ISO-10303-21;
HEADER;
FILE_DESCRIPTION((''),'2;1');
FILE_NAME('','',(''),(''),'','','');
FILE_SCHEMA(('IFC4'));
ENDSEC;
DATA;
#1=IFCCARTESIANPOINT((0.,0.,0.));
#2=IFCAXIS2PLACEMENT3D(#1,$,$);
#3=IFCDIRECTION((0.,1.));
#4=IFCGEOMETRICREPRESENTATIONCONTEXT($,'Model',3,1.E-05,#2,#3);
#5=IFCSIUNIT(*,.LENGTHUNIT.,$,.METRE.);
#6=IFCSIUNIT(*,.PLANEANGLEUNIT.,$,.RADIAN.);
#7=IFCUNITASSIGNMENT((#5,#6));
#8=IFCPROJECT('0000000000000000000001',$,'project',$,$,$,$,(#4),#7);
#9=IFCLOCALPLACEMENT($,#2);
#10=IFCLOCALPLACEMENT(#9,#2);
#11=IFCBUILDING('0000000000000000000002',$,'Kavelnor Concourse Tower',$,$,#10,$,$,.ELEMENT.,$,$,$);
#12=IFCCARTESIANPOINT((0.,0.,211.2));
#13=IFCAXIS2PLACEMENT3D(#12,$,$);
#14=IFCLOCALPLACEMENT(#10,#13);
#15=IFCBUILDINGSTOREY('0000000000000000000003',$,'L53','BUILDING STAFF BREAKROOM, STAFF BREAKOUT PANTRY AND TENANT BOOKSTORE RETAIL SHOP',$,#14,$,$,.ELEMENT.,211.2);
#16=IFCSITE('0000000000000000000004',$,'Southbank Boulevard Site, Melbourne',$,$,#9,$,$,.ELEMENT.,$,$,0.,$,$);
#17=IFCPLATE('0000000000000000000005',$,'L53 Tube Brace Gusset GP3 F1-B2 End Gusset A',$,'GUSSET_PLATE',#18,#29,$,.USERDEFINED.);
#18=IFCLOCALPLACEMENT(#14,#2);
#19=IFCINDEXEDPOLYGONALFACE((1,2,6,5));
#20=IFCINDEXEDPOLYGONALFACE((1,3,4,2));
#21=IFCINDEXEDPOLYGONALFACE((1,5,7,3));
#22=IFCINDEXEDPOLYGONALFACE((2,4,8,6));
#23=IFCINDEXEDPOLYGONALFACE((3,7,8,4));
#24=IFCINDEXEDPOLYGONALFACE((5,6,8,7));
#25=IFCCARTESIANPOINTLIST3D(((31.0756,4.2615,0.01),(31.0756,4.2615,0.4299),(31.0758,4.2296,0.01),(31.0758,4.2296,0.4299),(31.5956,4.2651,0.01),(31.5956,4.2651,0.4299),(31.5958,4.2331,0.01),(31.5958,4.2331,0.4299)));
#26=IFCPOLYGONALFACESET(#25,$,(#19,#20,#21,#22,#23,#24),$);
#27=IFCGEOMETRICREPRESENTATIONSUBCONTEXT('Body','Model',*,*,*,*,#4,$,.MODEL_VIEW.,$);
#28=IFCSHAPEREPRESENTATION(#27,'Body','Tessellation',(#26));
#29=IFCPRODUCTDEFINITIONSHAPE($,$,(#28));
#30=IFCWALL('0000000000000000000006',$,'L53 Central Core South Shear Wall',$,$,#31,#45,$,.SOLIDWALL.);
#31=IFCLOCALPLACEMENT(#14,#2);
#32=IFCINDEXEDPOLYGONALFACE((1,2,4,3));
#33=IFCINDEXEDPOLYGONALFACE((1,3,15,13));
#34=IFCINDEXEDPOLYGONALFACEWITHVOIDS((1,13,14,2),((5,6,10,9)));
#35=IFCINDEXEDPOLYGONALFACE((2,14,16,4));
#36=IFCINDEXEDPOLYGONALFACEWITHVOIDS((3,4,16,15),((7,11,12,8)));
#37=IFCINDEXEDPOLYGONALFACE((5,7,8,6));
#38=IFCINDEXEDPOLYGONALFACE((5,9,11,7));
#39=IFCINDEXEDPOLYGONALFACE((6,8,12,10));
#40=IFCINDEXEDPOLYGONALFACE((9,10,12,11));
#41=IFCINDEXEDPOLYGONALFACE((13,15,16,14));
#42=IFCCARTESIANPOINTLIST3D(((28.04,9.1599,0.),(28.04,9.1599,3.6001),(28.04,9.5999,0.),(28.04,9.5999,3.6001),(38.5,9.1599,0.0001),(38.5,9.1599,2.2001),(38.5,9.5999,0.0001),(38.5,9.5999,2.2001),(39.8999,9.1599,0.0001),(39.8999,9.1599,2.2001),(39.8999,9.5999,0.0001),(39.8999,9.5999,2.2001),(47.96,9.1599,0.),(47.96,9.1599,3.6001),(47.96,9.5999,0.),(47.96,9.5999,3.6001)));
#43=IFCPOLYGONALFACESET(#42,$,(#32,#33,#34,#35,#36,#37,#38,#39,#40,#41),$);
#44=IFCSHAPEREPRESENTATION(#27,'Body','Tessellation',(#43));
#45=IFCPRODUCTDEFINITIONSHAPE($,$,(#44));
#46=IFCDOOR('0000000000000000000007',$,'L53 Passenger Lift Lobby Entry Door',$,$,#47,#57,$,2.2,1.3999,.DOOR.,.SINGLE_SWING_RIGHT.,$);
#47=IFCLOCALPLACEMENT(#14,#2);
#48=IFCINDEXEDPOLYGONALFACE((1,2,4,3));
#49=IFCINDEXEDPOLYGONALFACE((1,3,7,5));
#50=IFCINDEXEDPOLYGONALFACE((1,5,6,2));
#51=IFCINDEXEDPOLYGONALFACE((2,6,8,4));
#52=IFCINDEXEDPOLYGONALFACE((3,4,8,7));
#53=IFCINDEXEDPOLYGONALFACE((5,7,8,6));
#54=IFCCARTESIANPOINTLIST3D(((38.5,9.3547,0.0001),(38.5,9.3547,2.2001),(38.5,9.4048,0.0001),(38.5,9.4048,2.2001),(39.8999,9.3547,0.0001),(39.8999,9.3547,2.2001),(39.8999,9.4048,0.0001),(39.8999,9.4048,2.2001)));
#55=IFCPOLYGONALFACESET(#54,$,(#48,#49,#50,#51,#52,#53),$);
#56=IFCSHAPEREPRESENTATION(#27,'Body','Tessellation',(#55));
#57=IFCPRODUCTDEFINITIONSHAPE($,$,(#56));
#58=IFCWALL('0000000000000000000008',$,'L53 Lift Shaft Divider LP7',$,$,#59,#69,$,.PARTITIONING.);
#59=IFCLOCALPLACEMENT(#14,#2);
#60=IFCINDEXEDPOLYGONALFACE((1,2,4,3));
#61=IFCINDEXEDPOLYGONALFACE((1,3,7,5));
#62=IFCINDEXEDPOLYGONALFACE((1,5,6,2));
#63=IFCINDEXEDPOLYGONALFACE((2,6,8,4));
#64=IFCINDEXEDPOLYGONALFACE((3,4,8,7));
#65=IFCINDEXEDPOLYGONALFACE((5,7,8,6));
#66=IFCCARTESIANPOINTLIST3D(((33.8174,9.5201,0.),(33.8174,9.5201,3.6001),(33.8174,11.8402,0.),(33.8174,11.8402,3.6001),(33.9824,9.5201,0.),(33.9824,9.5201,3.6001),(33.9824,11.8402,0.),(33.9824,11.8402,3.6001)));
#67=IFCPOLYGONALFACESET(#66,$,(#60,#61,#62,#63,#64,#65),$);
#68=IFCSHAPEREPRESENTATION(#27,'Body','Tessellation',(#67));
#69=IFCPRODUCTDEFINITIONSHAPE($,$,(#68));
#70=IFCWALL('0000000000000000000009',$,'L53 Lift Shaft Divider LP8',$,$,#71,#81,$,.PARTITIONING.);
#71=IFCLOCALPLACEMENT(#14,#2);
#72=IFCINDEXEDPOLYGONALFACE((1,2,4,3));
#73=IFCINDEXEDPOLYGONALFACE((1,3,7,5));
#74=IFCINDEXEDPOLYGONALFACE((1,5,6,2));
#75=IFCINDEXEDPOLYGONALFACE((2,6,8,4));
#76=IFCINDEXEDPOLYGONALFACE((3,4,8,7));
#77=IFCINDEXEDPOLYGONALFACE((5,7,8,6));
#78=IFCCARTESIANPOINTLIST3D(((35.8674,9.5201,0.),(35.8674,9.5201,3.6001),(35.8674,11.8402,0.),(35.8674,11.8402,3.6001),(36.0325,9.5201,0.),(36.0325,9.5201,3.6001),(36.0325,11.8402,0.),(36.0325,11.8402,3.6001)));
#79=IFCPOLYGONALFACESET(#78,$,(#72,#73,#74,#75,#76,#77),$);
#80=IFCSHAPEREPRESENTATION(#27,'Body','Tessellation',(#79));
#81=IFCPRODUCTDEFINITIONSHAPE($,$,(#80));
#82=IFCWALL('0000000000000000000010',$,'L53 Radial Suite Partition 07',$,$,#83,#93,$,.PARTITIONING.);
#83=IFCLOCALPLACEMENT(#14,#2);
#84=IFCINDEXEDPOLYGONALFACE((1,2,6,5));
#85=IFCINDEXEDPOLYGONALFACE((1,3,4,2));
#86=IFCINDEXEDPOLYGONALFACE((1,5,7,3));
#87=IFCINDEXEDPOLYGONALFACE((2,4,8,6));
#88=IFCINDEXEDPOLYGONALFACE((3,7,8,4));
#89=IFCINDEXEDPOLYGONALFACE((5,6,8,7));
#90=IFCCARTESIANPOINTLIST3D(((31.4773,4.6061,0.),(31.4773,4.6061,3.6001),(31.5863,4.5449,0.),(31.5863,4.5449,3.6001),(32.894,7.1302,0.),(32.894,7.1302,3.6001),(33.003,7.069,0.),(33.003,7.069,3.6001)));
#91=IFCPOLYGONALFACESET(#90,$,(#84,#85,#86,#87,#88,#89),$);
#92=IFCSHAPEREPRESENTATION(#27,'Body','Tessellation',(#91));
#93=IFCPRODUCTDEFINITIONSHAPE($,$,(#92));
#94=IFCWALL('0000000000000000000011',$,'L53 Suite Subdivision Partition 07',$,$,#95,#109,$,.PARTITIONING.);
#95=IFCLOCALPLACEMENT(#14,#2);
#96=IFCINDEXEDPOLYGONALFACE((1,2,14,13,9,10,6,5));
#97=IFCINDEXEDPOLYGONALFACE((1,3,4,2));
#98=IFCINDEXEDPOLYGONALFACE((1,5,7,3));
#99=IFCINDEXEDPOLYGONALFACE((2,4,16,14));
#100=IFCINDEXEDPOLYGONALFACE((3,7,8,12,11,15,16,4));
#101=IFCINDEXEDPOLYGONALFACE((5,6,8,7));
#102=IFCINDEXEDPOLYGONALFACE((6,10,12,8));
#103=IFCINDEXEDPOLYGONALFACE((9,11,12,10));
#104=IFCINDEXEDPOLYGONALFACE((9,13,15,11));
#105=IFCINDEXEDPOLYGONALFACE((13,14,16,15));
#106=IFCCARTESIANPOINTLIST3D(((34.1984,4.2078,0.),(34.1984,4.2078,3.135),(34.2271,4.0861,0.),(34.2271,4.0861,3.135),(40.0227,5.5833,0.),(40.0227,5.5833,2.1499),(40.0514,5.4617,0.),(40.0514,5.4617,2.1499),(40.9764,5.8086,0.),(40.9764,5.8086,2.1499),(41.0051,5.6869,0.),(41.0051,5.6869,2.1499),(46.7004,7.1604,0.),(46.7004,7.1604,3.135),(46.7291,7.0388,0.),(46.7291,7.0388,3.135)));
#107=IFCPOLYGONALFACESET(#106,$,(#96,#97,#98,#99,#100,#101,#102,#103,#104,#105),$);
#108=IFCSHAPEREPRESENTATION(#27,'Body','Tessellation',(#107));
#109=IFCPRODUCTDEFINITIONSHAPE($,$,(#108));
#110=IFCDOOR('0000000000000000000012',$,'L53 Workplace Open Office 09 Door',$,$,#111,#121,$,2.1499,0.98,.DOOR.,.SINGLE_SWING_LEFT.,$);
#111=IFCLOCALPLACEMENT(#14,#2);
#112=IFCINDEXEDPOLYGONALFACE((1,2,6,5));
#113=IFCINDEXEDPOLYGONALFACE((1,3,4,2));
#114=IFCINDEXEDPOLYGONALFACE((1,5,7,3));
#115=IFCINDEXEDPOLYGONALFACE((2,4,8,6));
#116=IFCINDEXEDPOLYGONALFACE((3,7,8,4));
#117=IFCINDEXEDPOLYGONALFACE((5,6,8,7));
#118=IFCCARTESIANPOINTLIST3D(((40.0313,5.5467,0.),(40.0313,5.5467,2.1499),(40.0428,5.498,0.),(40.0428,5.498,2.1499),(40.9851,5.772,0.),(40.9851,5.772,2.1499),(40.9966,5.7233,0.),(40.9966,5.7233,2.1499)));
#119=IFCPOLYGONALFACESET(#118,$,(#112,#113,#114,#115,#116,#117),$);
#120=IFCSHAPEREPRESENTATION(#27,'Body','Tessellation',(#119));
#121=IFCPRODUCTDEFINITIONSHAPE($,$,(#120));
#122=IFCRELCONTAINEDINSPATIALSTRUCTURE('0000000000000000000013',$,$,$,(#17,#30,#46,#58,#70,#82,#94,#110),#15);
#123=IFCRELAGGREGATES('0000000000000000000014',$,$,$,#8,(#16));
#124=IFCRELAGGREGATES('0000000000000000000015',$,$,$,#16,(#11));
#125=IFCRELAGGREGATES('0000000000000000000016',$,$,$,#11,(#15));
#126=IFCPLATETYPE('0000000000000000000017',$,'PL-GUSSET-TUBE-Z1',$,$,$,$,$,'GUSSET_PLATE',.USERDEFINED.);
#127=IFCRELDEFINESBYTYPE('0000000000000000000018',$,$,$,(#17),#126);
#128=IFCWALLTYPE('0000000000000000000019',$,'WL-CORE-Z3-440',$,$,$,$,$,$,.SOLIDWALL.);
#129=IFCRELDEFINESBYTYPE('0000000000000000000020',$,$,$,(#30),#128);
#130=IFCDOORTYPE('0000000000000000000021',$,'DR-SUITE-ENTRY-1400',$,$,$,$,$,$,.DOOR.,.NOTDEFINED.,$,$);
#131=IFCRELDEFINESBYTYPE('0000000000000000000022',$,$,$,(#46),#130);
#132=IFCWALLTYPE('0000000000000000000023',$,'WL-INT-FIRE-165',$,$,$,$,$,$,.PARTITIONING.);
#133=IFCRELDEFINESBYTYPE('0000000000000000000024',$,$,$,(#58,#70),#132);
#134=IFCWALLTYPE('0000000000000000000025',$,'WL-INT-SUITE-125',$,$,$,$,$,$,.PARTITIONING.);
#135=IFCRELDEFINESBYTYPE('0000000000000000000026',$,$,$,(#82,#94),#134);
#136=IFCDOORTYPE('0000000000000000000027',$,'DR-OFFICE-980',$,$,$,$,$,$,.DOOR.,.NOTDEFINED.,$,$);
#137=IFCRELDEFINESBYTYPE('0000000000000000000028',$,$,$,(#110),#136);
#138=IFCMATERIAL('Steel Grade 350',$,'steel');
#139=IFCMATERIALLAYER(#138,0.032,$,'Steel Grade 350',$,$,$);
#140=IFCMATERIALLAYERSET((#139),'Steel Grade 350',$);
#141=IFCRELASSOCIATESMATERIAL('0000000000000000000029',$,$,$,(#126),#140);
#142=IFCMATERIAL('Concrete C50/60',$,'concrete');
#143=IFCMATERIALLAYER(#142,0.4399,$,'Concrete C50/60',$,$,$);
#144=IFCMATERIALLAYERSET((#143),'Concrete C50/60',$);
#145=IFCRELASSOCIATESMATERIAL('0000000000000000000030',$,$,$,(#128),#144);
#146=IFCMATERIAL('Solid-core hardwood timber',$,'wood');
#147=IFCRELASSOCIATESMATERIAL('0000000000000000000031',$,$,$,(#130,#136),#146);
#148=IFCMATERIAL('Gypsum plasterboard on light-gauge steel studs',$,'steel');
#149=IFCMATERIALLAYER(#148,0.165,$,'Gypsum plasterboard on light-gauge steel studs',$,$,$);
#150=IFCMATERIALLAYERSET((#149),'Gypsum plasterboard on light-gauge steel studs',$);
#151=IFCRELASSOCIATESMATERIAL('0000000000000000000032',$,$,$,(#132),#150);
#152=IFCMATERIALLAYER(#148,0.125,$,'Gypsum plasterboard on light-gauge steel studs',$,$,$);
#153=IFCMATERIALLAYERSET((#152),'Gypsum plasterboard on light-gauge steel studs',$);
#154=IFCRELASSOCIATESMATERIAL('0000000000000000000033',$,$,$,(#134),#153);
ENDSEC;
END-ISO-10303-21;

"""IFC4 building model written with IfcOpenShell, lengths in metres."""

from ifc_helpers import new_model, si_unit, direction, frame, frame_2d, origin, origin_2d, place, context, subcontext, project, spatial, rectangle, extrude, material, layer, layer_set, type_object, element, fill, save


model = new_model("IFC4")

# Units and contexts
model_context = context("Model", 3, precision=1e-05, world=origin(), true_north=direction((0.0, 1.0)))
body_context = subcontext(model_context, "Body", "Model", "MODEL_VIEW")
ifc_project = project(units=[si_unit("LENGTHUNIT", "METRE"), si_unit("PLANEANGLEUNIT", "RADIAN")], contexts=[model_context])

# Site, building, storey
site_placement = place(None, origin())
site = spatial("IfcSite", under=ifc_project, at=site_placement, Name="Southbank Boulevard Site, Melbourne", CompositionType="ELEMENT", RefElevation=0.0)
building_placement = place(site_placement, origin())
building = spatial("IfcBuilding", under=site, at=building_placement, Name="Kavelnor Concourse Tower", CompositionType="ELEMENT")
storey_placement = place(building_placement, frame((0.0, 0.0, 211.2)))
storey = spatial("IfcBuildingStorey", under=building, at=storey_placement, Name="L53", Description="BUILDING STAFF BREAKROOM, STAFF BREAKOUT PANTRY AND TENANT BOOKSTORE RETAIL SHOP", CompositionType="ELEMENT", Elevation=211.2)

# Shared definitions
ifc_material_1 = material(Name="Steel Grade 350", Category="steel")

# Plate
ifc_layer_1 = layer(ifc_material_1, 0.032, Name="Steel Grade 350")
ifc_layer_set_1 = layer_set([ifc_layer_1], Name="Steel Grade 350")
plate_type = type_object("IfcPlateType", Name="PL-GUSSET-TUBE-Z1", ElementType="GUSSET_PLATE", PredefinedType="USERDEFINED", material=ifc_layer_set_1)
plate_placement = place(storey_placement, frame((31.3357, 4.2473, 0.01), z_axis=(0.0, 0.0, 1.0), x_axis=(0.999977, 0.006807, 0.0)))
element("IfcPlate", 1, at=plate_placement, inside=storey, type_object=plate_type, Name="L53 Tube Brace Gusset GP3 F1-B2 End Gusset A", ObjectType="GUSSET_PLATE", PredefinedType="USERDEFINED", context=body_context, shape_type="SweptSolid", body=[
    extrude(rectangle(XDim=0.52, YDim=0.032, at=origin_2d()), origin(), (0.0, 0.0, 1.0), 0.4199),
])

# Wall, opening, door
ifc_material_2 = material(Name="Concrete C50/60", Category="concrete")
ifc_layer_2 = layer(ifc_material_2, 0.4399, Name="Concrete C50/60")
ifc_layer_set_2 = layer_set([ifc_layer_2], Name="Concrete C50/60")
wall_type_1 = type_object("IfcWallType", Name="WL-CORE-Z3-440", PredefinedType="SOLIDWALL", material=ifc_layer_set_2)
wall_1_placement = place(storey_placement, frame((28.04, 9.3799, 0.0), z_axis=(0.0, 0.0, 1.0), x_axis=(1.0, 0.0, 0.0)))
wall_1 = element("IfcWall", 2, at=wall_1_placement, inside=storey, type_object=wall_type_1, Name="L53 Central Core South Shear Wall", PredefinedType="SOLIDWALL", context=body_context, shape_type="SweptSolid", body=[
    extrude(rectangle(XDim=19.9199, YDim=0.4399, at=frame_2d((9.96, 0.0))), origin(), (0.0, 0.0, 1.0), 3.6001),
])
opening_1_placement = place(wall_1_placement, frame((10.46, 0.0, 0.0)))
opening_1 = element("IfcOpeningElement", 3, at=opening_1_placement, cuts=wall_1, PredefinedType="OPENING", context=body_context, shape_type="SweptSolid", body=[
    extrude(rectangle(XDim=1.3999, YDim=2.2, at=frame_2d((0.7, 1.1001))), frame((0.0, 0.23, 0.0), z_axis=(0.0, -1.0, 0.0), x_axis=(1.0, 0.0, 0.0)), (0.0, 0.0, 1.0), 0.46),
])
ifc_material_3 = material(Name="Solid-core hardwood timber", Category="wood")
door_type_1 = type_object("IfcDoorType", Name="DR-SUITE-ENTRY-1400", OperationType="NOTDEFINED", PredefinedType="DOOR", material=ifc_material_3)
door_1_placement = place(opening_1_placement, origin())
door_1 = element("IfcDoor", 4, at=door_1_placement, inside=storey, type_object=door_type_1, Name="L53 Passenger Lift Lobby Entry Door", OperationType="SINGLE_SWING_RIGHT", OverallHeight=2.2, OverallWidth=1.3999, PredefinedType="DOOR", context=body_context, shape_type="SweptSolid", body=[
    extrude(rectangle(XDim=1.3999, YDim=2.2, at=frame_2d((0.7, 1.1001))), frame((0.0, 0.0249, 0.0), z_axis=(0.0, -1.0, 0.0), x_axis=(1.0, 0.0, 0.0)), (0.0, 0.0, 1.0), 0.05),
])
fill(opening_1, door_1)

# Walls
ifc_material_4 = material(Name="Gypsum plasterboard on light-gauge steel studs", Category="steel")
ifc_layer_3 = layer(ifc_material_4, 0.165, Name="Gypsum plasterboard on light-gauge steel studs")
ifc_layer_set_3 = layer_set([ifc_layer_3], Name="Gypsum plasterboard on light-gauge steel studs")
wall_type_2 = type_object("IfcWallType", Name="WL-INT-FIRE-165", PredefinedType="PARTITIONING", material=ifc_layer_set_3)
for number, where, z_axis, x_axis, name in (
    (5, (33.8999, 9.52, 0.0), (0.0, 0.0, 1.0), (0.0, 1.0, 0.0), "L53 Lift Shaft Divider LP7"),
    (6, (35.95, 9.52, 0.0), (0.0, 0.0, 1.0), (0.0, 1.0, 0.0), "L53 Lift Shaft Divider LP8"),
):
    element("IfcWall", number, at=place(storey_placement, frame(where, z_axis=z_axis, x_axis=x_axis)), inside=storey, type_object=wall_type_2, Name=name, PredefinedType="PARTITIONING", context=body_context, shape_type="SweptSolid", body=[
        extrude(rectangle(XDim=2.3201, YDim=0.165, at=frame_2d((1.1602, 0.0))), origin(), (0.0, 0.0, 1.0), 3.6001),
    ])
ifc_layer_4 = layer(ifc_material_4, 0.125, Name="Gypsum plasterboard on light-gauge steel studs")
ifc_layer_set_4 = layer_set([ifc_layer_4], Name="Gypsum plasterboard on light-gauge steel studs")
wall_type_3 = type_object("IfcWallType", Name="WL-INT-SUITE-125", PredefinedType="PARTITIONING", material=ifc_layer_set_4)
wall_2_placement = place(storey_placement, frame((32.9485, 7.0996, 0.0), z_axis=(0.0, 0.0, 1.0), x_axis=(-0.489448, -0.872032, 0.0)))
element("IfcWall", 7, at=wall_2_placement, inside=storey, type_object=wall_type_3, Name="L53 Radial Suite Partition 07", PredefinedType="PARTITIONING", context=body_context, shape_type="SweptSolid", body=[
    extrude(rectangle(XDim=2.8945, YDim=0.125, at=frame_2d((1.4473, 0.0))), origin(), (0.0, 0.0, 1.0), 3.6001),
])

# Wall, opening, door
wall_3_placement = place(storey_placement, frame((34.2129, 4.147, 0.0), z_axis=(0.0, 0.0, 1.0), x_axis=(0.973226, 0.229851, 0.0)))
wall_3 = element("IfcWall", 8, at=wall_3_placement, inside=storey, type_object=wall_type_3, Name="L53 Suite Subdivision Partition 07", PredefinedType="PARTITIONING", context=body_context, shape_type="SweptSolid", body=[
    extrude(rectangle(XDim=12.8459, YDim=0.125, at=frame_2d((6.4229, 0.0))), origin(), (0.0, 0.0, 1.0), 3.135),
])
opening_2_placement = place(wall_3_placement, frame((5.9844, 0.0, 0.0)))
opening_2 = element("IfcOpeningElement", 9, at=opening_2_placement, cuts=wall_3, PredefinedType="OPENING", context=body_context, shape_type="SweptSolid", body=[
    extrude(rectangle(XDim=0.98, YDim=2.1499, at=frame_2d((0.49, 1.075))), frame((0.0, 0.0725, 0.0), z_axis=(0.0, -1.0, 0.0), x_axis=(1.0, 0.0, 0.0)), (0.0, 0.0, 1.0), 0.145),
])
door_type_2 = type_object("IfcDoorType", Name="DR-OFFICE-980", OperationType="NOTDEFINED", PredefinedType="DOOR", material=ifc_material_3)
door_2_placement = place(opening_2_placement, origin())
door_2 = element("IfcDoor", 10, at=door_2_placement, inside=storey, type_object=door_type_2, Name="L53 Workplace Open Office 09 Door", OperationType="SINGLE_SWING_LEFT", OverallHeight=2.1499, OverallWidth=0.98, PredefinedType="DOOR", context=body_context, shape_type="SweptSolid", body=[
    extrude(rectangle(XDim=0.98, YDim=2.1499, at=frame_2d((0.49, 1.075))), frame((0.0, 0.0249, 0.0), z_axis=(0.0, -1.0, 0.0), x_axis=(1.0, 0.0, 0.0)), (0.0, 0.0, 1.0), 0.05),
])
fill(opening_2, door_2)

save(model, "model.ifc")
